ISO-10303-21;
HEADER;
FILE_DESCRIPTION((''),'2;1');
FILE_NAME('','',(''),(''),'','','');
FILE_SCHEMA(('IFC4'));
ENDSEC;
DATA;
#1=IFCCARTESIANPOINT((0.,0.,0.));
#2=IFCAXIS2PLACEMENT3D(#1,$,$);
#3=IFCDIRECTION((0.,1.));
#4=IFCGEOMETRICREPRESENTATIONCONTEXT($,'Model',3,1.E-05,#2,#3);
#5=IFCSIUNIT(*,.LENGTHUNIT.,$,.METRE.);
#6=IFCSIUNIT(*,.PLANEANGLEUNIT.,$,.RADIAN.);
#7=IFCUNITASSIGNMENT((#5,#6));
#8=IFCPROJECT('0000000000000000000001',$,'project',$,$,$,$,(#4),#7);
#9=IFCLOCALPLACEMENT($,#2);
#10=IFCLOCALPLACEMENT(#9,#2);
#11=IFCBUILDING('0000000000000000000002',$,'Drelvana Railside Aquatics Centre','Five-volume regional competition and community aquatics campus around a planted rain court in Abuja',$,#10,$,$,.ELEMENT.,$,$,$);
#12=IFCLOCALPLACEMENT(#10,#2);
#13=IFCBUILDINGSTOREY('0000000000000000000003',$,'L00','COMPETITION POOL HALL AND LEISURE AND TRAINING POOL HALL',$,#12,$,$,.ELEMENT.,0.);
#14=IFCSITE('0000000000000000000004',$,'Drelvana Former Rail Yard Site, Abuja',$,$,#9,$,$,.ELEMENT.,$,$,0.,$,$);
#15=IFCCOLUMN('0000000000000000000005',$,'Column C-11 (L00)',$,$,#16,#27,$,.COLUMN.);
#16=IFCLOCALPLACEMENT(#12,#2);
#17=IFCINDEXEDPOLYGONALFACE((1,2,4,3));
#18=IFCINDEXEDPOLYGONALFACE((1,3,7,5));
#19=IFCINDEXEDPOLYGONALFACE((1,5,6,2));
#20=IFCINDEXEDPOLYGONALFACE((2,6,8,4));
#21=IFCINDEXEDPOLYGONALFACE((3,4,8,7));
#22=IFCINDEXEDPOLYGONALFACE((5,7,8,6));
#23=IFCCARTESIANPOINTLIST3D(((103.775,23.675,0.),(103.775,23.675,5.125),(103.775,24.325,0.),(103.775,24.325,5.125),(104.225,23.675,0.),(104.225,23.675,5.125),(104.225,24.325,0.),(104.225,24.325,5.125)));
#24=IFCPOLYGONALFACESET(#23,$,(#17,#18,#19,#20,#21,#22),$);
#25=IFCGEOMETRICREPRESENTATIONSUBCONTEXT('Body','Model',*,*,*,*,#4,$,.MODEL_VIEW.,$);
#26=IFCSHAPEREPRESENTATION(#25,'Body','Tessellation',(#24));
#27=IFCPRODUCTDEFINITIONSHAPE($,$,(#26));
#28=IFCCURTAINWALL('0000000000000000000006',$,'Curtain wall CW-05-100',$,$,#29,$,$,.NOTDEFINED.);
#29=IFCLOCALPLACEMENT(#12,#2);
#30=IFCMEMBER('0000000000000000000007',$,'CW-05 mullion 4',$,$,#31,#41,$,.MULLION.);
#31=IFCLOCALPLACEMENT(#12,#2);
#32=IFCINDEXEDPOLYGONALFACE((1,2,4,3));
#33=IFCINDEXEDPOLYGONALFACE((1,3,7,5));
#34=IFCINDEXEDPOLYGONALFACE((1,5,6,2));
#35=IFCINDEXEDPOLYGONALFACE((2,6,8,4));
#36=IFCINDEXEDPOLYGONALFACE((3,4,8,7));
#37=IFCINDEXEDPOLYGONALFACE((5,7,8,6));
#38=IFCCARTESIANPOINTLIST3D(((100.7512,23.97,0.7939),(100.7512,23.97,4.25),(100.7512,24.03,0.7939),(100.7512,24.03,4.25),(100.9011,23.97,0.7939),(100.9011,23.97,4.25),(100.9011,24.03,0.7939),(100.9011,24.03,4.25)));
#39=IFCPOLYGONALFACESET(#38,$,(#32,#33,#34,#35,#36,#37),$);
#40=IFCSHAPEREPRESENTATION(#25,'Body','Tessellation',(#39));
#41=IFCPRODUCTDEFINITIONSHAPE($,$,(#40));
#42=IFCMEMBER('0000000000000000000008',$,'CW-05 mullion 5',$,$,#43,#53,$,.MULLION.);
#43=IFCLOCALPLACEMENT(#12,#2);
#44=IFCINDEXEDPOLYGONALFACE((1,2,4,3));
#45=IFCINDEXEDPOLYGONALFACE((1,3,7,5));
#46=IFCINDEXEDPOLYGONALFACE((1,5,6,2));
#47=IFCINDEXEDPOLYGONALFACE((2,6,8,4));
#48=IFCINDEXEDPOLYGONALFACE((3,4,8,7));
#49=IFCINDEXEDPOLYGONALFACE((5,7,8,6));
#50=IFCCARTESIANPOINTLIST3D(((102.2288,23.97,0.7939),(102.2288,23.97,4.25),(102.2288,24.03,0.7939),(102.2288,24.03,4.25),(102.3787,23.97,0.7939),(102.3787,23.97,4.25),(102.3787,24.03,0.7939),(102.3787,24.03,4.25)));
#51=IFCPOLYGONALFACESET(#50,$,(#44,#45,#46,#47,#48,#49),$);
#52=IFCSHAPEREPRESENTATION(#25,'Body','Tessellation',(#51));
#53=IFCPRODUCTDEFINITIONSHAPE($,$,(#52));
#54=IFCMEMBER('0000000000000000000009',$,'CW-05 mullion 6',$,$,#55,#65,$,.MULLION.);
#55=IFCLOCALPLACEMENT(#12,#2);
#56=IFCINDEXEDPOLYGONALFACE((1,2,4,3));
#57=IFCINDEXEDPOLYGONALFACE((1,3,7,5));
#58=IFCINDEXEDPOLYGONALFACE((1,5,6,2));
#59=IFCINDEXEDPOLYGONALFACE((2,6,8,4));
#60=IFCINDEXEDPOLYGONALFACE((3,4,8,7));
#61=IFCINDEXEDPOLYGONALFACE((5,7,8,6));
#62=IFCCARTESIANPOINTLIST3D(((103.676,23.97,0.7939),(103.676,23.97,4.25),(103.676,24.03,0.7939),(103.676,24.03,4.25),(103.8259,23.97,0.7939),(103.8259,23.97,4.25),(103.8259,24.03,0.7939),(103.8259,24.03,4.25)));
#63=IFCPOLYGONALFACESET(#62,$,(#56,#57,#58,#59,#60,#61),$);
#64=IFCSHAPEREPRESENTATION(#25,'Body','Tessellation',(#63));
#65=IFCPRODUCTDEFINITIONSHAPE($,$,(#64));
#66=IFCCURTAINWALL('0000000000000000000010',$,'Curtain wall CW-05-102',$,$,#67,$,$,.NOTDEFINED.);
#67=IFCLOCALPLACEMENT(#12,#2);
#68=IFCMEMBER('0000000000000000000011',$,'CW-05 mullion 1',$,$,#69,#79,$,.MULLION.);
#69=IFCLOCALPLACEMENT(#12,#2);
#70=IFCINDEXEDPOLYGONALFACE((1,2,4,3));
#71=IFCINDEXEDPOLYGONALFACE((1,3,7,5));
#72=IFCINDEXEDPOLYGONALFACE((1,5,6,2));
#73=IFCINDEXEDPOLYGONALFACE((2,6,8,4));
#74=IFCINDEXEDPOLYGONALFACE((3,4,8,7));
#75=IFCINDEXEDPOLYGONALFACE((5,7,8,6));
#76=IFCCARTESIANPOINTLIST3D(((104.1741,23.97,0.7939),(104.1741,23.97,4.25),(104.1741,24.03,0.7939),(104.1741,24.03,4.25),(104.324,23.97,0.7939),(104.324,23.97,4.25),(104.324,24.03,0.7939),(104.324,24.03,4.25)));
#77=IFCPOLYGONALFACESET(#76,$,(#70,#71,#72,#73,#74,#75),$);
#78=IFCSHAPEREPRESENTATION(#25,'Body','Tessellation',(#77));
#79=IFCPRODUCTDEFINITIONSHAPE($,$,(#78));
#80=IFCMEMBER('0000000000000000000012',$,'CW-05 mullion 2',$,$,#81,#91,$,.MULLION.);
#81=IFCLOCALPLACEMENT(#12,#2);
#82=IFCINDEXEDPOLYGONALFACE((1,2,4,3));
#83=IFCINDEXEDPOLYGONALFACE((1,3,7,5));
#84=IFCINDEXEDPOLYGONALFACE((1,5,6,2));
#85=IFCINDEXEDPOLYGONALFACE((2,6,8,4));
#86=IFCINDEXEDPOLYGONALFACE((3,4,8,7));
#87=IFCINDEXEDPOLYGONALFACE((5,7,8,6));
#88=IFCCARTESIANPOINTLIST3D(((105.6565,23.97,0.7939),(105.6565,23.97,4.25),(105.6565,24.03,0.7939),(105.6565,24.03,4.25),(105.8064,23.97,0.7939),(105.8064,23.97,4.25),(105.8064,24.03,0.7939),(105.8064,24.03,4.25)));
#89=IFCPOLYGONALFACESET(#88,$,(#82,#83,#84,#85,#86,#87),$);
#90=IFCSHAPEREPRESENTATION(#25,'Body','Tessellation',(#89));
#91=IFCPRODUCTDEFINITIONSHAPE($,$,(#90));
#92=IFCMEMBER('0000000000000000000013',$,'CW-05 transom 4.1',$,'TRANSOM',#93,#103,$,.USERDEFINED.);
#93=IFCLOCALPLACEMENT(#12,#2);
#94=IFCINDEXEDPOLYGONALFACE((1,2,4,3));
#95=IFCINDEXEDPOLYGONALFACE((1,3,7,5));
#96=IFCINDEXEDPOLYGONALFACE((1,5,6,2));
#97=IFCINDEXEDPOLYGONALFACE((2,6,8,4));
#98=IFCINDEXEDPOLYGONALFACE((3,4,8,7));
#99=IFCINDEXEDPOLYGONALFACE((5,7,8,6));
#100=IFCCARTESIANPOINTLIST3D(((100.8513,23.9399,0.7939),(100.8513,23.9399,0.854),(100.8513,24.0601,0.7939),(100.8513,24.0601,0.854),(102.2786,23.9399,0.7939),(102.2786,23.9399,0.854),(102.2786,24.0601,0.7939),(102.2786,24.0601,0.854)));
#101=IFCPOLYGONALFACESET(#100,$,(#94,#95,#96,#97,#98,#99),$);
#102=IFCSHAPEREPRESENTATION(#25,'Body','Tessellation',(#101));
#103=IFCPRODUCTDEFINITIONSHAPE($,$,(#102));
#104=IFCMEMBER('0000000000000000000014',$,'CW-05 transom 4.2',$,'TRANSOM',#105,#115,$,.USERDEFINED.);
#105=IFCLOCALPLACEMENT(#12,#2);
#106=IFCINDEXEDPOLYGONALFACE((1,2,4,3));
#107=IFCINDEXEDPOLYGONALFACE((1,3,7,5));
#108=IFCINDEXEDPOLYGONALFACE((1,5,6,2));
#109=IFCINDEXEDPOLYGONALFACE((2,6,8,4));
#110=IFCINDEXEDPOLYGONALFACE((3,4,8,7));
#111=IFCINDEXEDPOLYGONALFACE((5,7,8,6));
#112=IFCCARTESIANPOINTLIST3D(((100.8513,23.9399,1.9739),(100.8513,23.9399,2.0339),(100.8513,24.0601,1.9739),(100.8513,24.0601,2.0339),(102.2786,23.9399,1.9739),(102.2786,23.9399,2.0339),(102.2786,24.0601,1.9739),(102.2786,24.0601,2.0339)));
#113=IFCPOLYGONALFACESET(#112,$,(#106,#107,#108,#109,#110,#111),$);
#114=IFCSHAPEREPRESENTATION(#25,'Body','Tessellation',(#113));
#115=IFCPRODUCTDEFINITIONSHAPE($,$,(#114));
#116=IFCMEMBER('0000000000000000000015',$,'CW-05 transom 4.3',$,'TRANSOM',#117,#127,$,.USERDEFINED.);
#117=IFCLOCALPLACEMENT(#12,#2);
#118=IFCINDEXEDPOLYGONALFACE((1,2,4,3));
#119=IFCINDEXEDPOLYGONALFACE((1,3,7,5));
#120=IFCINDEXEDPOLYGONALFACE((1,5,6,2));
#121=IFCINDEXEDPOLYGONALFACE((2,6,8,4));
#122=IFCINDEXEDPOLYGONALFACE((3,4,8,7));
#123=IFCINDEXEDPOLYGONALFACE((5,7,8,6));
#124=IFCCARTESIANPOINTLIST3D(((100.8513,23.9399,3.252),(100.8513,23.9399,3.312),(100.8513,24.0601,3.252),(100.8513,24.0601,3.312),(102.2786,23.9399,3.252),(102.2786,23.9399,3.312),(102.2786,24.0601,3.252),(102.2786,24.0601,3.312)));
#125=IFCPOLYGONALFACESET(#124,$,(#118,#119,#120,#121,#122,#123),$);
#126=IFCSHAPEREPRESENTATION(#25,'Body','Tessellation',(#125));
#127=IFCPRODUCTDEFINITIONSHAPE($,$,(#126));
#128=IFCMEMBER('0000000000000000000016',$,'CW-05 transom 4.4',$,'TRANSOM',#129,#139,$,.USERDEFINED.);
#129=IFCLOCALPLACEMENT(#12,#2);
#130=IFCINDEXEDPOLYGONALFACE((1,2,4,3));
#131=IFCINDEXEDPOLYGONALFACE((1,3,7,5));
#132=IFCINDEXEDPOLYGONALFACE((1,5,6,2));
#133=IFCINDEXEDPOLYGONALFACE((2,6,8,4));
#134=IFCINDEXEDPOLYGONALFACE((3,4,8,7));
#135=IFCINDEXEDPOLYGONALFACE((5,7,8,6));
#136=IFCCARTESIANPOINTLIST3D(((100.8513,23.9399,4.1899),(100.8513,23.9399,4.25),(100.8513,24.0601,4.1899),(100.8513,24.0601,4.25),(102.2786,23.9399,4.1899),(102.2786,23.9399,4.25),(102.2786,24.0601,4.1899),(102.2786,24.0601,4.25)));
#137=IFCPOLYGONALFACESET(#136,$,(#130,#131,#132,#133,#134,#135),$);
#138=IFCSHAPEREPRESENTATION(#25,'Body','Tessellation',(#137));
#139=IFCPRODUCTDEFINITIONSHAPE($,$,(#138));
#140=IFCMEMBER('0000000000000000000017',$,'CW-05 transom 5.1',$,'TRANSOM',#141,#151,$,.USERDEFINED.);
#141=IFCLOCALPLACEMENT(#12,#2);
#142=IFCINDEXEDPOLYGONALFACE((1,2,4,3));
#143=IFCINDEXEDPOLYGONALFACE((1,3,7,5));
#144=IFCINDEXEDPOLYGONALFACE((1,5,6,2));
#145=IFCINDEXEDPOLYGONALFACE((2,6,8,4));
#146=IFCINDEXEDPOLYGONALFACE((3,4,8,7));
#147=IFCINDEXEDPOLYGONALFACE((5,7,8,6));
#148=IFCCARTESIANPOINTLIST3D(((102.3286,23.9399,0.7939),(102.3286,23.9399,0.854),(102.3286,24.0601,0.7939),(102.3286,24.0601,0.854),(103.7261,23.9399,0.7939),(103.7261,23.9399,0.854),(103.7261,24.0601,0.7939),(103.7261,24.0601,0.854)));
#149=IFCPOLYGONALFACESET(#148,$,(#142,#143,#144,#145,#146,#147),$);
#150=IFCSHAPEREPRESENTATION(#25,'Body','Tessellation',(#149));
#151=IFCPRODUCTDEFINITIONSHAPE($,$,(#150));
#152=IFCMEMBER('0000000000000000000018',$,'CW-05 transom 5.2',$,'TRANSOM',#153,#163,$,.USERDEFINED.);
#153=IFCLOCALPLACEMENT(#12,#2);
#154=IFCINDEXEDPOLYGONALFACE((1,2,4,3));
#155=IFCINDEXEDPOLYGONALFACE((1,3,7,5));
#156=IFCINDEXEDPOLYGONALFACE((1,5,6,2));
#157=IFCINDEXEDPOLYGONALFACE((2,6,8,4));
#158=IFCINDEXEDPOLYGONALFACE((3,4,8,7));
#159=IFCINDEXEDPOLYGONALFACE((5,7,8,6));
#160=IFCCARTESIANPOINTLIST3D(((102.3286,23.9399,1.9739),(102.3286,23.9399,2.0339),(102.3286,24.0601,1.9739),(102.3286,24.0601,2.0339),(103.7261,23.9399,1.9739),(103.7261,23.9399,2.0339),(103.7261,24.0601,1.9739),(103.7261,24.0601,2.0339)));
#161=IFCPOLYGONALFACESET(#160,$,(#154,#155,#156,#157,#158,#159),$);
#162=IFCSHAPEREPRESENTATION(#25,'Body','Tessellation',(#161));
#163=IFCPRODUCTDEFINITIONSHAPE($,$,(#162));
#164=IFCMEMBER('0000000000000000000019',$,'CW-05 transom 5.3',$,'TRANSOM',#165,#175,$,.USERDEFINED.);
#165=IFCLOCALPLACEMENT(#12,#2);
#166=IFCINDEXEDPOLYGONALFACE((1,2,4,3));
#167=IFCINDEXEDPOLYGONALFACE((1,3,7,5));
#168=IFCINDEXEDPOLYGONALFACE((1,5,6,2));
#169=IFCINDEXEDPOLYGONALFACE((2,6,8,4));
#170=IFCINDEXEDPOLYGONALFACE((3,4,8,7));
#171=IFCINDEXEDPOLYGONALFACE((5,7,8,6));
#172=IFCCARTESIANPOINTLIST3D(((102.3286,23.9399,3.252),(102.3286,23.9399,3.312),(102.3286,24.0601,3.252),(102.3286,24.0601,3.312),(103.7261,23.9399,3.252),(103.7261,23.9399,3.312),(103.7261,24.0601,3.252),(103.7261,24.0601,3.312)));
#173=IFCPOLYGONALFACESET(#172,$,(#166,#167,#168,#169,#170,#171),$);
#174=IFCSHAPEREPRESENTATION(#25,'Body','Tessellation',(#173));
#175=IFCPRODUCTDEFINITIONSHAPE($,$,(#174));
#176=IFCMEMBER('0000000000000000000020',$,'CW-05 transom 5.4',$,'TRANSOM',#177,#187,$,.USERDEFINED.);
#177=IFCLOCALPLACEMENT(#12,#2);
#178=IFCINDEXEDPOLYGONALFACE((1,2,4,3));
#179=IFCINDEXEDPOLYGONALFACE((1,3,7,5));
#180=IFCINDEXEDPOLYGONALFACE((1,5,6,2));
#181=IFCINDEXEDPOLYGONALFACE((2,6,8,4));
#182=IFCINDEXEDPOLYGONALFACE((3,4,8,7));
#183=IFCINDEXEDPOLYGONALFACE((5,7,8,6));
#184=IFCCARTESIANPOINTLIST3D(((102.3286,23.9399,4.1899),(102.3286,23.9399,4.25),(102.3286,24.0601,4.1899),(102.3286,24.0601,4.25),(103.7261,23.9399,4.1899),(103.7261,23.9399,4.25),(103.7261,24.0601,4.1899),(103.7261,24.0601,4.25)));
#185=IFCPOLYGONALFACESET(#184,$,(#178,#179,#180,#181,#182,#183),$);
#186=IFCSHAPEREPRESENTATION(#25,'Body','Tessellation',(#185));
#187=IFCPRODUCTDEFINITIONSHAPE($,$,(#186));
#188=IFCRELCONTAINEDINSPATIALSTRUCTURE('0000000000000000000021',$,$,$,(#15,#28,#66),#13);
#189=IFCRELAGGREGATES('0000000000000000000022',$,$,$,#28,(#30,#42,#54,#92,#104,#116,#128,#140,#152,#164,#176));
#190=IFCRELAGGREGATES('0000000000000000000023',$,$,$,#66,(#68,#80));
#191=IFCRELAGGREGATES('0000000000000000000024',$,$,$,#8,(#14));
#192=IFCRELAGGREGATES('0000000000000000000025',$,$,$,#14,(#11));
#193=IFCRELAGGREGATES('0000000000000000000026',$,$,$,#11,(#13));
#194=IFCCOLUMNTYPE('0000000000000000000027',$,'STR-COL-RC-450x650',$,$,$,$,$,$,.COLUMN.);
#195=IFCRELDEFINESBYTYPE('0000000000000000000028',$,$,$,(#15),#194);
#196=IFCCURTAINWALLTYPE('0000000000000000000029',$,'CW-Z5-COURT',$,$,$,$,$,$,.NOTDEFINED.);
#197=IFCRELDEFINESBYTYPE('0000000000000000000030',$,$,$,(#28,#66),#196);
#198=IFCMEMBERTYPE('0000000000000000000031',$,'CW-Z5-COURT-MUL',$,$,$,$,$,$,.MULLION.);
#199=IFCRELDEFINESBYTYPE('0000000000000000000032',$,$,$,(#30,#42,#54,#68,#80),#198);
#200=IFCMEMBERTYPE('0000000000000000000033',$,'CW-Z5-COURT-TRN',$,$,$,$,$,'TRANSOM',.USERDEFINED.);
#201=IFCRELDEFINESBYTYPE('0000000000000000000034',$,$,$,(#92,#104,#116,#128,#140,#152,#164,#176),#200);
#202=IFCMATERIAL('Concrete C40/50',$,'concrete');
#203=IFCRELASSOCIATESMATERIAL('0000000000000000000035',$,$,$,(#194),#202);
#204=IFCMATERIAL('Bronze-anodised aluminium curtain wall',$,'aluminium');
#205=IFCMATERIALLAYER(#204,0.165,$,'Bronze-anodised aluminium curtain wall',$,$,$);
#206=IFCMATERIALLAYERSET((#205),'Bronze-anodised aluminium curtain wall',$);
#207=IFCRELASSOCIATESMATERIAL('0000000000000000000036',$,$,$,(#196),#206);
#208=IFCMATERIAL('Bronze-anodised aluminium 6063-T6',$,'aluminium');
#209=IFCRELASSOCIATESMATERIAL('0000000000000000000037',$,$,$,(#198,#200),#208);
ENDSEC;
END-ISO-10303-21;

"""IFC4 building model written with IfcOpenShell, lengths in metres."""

from ifc_helpers import new_model, si_unit, direction, frame, origin, origin_2d, place, context, subcontext, project, spatial, rectangle, extrude, material, layer, layer_set, material_profile, profile_set, type_object, element, aggregate, save


model = new_model("IFC4")

# Units and contexts
model_context = context("Model", 3, precision=1e-05, world=origin(), true_north=direction((0.0, 1.0)))
body_context = subcontext(model_context, "Body", "Model", "MODEL_VIEW")
ifc_project = project(units=[si_unit("LENGTHUNIT", "METRE"), si_unit("PLANEANGLEUNIT", "RADIAN")], contexts=[model_context])

# Site, building, storey
site_placement = place(None, origin())
site = spatial("IfcSite", under=ifc_project, at=site_placement, Name="Drelvana Former Rail Yard Site, Abuja", CompositionType="ELEMENT", RefElevation=0.0)
building_placement = place(site_placement, origin())
building = spatial("IfcBuilding", under=site, at=building_placement, Name="Drelvana Railside Aquatics Centre", Description="Five-volume regional competition and community aquatics campus around a planted rain court in Abuja", CompositionType="ELEMENT")
storey_placement = place(building_placement, origin())
storey = spatial("IfcBuildingStorey", under=building, at=storey_placement, Name="L00", Description="COMPETITION POOL HALL AND LEISURE AND TRAINING POOL HALL", CompositionType="ELEMENT", Elevation=0.0)

# Column
ifc_material_1 = material(Name="Concrete C40/50", Category="concrete")
ifc_material_profile_1 = material_profile(ifc_material_1, rectangle(XDim=0.45, YDim=0.6499, at=origin_2d()), Name="RC 450x650")
ifc_profile_set_1 = profile_set([ifc_material_profile_1], Name="Concrete C40/50")
column_type = type_object("IfcColumnType", Name="STR-COL-RC-450x650", PredefinedType="COLUMN", material=ifc_profile_set_1)
column_placement = place(storey_placement, frame((104.0, 24.0, 0.0), z_axis=(0.0, 0.0, 1.0), x_axis=(1.0, 0.0, 0.0)))
element("IfcColumn", 1, at=column_placement, inside=storey, type_object=column_type, Name="Column C-11 (L00)", PredefinedType="COLUMN", context=body_context, shape_type="SweptSolid", body=[
    extrude(rectangle(XDim=0.45, YDim=0.6499, at=origin_2d()), origin(), (0.0, 0.0, 1.0), 5.125),
])

# Curtain walls, members
ifc_material_2 = material(Name="Bronze-anodised aluminium curtain wall", Category="aluminium")
ifc_layer_1 = layer(ifc_material_2, 0.165, Name="Bronze-anodised aluminium curtain wall")
ifc_layer_set_1 = layer_set([ifc_layer_1], Name="Bronze-anodised aluminium curtain wall")
curtain_wall_type = type_object("IfcCurtainWallType", Name="CW-Z5-COURT", PredefinedType="NOTDEFINED", material=ifc_layer_set_1)
curtain_wall_1_placement = place(storey_placement, origin())
curtain_wall_1 = element("IfcCurtainWall", 2, at=curtain_wall_1_placement, inside=storey, type_object=curtain_wall_type, Name="Curtain wall CW-05-100", PredefinedType="NOTDEFINED")
ifc_material_3 = material(Name="Bronze-anodised aluminium 6063-T6", Category="aluminium")
ifc_material_profile_2 = material_profile(ifc_material_3, rectangle(XDim=0.0601, YDim=0.1499, at=origin_2d()), Name="ALU-M 60x150")
ifc_profile_set_2 = profile_set([ifc_material_profile_2], Name="Bronze-anodised aluminium 6063-T6")
member_type_1 = type_object("IfcMemberType", Name="CW-Z5-COURT-MUL", PredefinedType="MULLION", material=ifc_profile_set_2)
member_1_placement = place(storey_placement, frame((100.8262, 24.0, 0.7939), z_axis=(0.0, 0.0, 1.0), x_axis=(0.0, 1.0, 0.0)))
member_1 = element("IfcMember", 3, at=member_1_placement, type_object=member_type_1, Name="CW-05 mullion 4", PredefinedType="MULLION", context=body_context, shape_type="SweptSolid", body=[
    extrude(rectangle(XDim=0.0601, YDim=0.1499, at=origin_2d()), origin(), (0.0, 0.0, 1.0), 3.4561),
])
member_2_placement = place(storey_placement, frame((102.3037, 24.0, 0.7939), z_axis=(0.0, 0.0, 1.0), x_axis=(0.0, 1.0, 0.0)))
member_2 = element("IfcMember", 4, at=member_2_placement, type_object=member_type_1, Name="CW-05 mullion 5", PredefinedType="MULLION", context=body_context, shape_type="SweptSolid", body=[
    extrude(rectangle(XDim=0.0601, YDim=0.1499, at=origin_2d()), origin(), (0.0, 0.0, 1.0), 3.4561),
])
member_3_placement = place(storey_placement, frame((103.751, 24.0, 0.7939), z_axis=(0.0, 0.0, 1.0), x_axis=(0.0, 1.0, 0.0)))
member_3 = element("IfcMember", 5, at=member_3_placement, type_object=member_type_1, Name="CW-05 mullion 6", PredefinedType="MULLION", context=body_context, shape_type="SweptSolid", body=[
    extrude(rectangle(XDim=0.0601, YDim=0.1499, at=origin_2d()), origin(), (0.0, 0.0, 1.0), 3.4561),
])
curtain_wall_2_placement = place(storey_placement, origin())
curtain_wall_2 = element("IfcCurtainWall", 6, at=curtain_wall_2_placement, inside=storey, type_object=curtain_wall_type, Name="Curtain wall CW-05-102", PredefinedType="NOTDEFINED")
member_4_placement = place(storey_placement, frame((104.249, 24.0, 0.7939), z_axis=(0.0, 0.0, 1.0), x_axis=(0.0, 1.0, 0.0)))
member_4 = element("IfcMember", 7, at=member_4_placement, type_object=member_type_1, Name="CW-05 mullion 1", PredefinedType="MULLION", context=body_context, shape_type="SweptSolid", body=[
    extrude(rectangle(XDim=0.0601, YDim=0.1499, at=origin_2d()), origin(), (0.0, 0.0, 1.0), 3.4561),
])
member_5_placement = place(storey_placement, frame((105.7314, 24.0, 0.7939), z_axis=(0.0, 0.0, 1.0), x_axis=(0.0, 1.0, 0.0)))
member_5 = element("IfcMember", 8, at=member_5_placement, type_object=member_type_1, Name="CW-05 mullion 2", PredefinedType="MULLION", context=body_context, shape_type="SweptSolid", body=[
    extrude(rectangle(XDim=0.0601, YDim=0.1499, at=origin_2d()), origin(), (0.0, 0.0, 1.0), 3.4561),
])

# Members
ifc_material_profile_3 = material_profile(ifc_material_3, rectangle(XDim=0.1201, YDim=0.0601, at=origin_2d()), Name="ALU-T 60x120")
ifc_profile_set_3 = profile_set([ifc_material_profile_3], Name="Bronze-anodised aluminium 6063-T6")
member_type_2 = type_object("IfcMemberType", Name="CW-Z5-COURT-TRN", ElementType="TRANSOM", PredefinedType="USERDEFINED", material=ifc_profile_set_3)
member_6_placement = place(storey_placement, frame((100.8513, 24.0, 0.824), z_axis=(1.0, 0.0, 0.0), x_axis=(0.0, 1.0, 0.0)))
member_6 = element("IfcMember", 9, at=member_6_placement, type_object=member_type_2, Name="CW-05 transom 4.1", ObjectType="TRANSOM", PredefinedType="USERDEFINED", context=body_context, shape_type="SweptSolid", body=[
    extrude(rectangle(XDim=0.1201, YDim=0.0601, at=origin_2d()), origin(), (0.0, 0.0, 1.0), 1.4272),
])
member_7_placement = place(storey_placement, frame((100.8513, 24.0, 2.0039), z_axis=(1.0, 0.0, 0.0), x_axis=(0.0, 1.0, 0.0)))
member_7 = element("IfcMember", 10, at=member_7_placement, type_object=member_type_2, Name="CW-05 transom 4.2", ObjectType="TRANSOM", PredefinedType="USERDEFINED", context=body_context, shape_type="SweptSolid", body=[
    extrude(rectangle(XDim=0.1201, YDim=0.0601, at=origin_2d()), origin(), (0.0, 0.0, 1.0), 1.4272),
])
member_8_placement = place(storey_placement, frame((100.8513, 24.0, 3.282), z_axis=(1.0, 0.0, 0.0), x_axis=(0.0, 1.0, 0.0)))
member_8 = element("IfcMember", 11, at=member_8_placement, type_object=member_type_2, Name="CW-05 transom 4.3", ObjectType="TRANSOM", PredefinedType="USERDEFINED", context=body_context, shape_type="SweptSolid", body=[
    extrude(rectangle(XDim=0.1201, YDim=0.0601, at=origin_2d()), origin(), (0.0, 0.0, 1.0), 1.4272),
])
member_9_placement = place(storey_placement, frame((100.8513, 24.0, 4.22), z_axis=(1.0, 0.0, 0.0), x_axis=(0.0, 1.0, 0.0)))
member_9 = element("IfcMember", 12, at=member_9_placement, type_object=member_type_2, Name="CW-05 transom 4.4", ObjectType="TRANSOM", PredefinedType="USERDEFINED", context=body_context, shape_type="SweptSolid", body=[
    extrude(rectangle(XDim=0.1201, YDim=0.0601, at=origin_2d()), origin(), (0.0, 0.0, 1.0), 1.4272),
])
member_10_placement = place(storey_placement, frame((102.3286, 24.0, 0.824), z_axis=(1.0, 0.0, 0.0), x_axis=(0.0, 1.0, 0.0)))
member_10 = element("IfcMember", 13, at=member_10_placement, type_object=member_type_2, Name="CW-05 transom 5.1", ObjectType="TRANSOM", PredefinedType="USERDEFINED", context=body_context, shape_type="SweptSolid", body=[
    extrude(rectangle(XDim=0.1201, YDim=0.0601, at=origin_2d()), origin(), (0.0, 0.0, 1.0), 1.3975),
])
member_11_placement = place(storey_placement, frame((102.3286, 24.0, 2.0039), z_axis=(1.0, 0.0, 0.0), x_axis=(0.0, 1.0, 0.0)))
member_11 = element("IfcMember", 14, at=member_11_placement, type_object=member_type_2, Name="CW-05 transom 5.2", ObjectType="TRANSOM", PredefinedType="USERDEFINED", context=body_context, shape_type="SweptSolid", body=[
    extrude(rectangle(XDim=0.1201, YDim=0.0601, at=origin_2d()), origin(), (0.0, 0.0, 1.0), 1.3975),
])
member_12_placement = place(storey_placement, frame((102.3286, 24.0, 3.282), z_axis=(1.0, 0.0, 0.0), x_axis=(0.0, 1.0, 0.0)))
member_12 = element("IfcMember", 15, at=member_12_placement, type_object=member_type_2, Name="CW-05 transom 5.3", ObjectType="TRANSOM", PredefinedType="USERDEFINED", context=body_context, shape_type="SweptSolid", body=[
    extrude(rectangle(XDim=0.1201, YDim=0.0601, at=origin_2d()), origin(), (0.0, 0.0, 1.0), 1.3975),
])
member_13_placement = place(storey_placement, frame((102.3286, 24.0, 4.22), z_axis=(1.0, 0.0, 0.0), x_axis=(0.0, 1.0, 0.0)))
member_13 = element("IfcMember", 16, at=member_13_placement, type_object=member_type_2, Name="CW-05 transom 5.4", ObjectType="TRANSOM", PredefinedType="USERDEFINED", context=body_context, shape_type="SweptSolid", body=[
    extrude(rectangle(XDim=0.1201, YDim=0.0601, at=origin_2d()), origin(), (0.0, 0.0, 1.0), 1.3975),
])

aggregate(curtain_wall_1, [member_1, member_2, member_3, member_6, member_7, member_8, member_9, member_10, member_11, member_12, member_13])
aggregate(curtain_wall_2, [member_4, member_5])

save(model, "model.ifc")
